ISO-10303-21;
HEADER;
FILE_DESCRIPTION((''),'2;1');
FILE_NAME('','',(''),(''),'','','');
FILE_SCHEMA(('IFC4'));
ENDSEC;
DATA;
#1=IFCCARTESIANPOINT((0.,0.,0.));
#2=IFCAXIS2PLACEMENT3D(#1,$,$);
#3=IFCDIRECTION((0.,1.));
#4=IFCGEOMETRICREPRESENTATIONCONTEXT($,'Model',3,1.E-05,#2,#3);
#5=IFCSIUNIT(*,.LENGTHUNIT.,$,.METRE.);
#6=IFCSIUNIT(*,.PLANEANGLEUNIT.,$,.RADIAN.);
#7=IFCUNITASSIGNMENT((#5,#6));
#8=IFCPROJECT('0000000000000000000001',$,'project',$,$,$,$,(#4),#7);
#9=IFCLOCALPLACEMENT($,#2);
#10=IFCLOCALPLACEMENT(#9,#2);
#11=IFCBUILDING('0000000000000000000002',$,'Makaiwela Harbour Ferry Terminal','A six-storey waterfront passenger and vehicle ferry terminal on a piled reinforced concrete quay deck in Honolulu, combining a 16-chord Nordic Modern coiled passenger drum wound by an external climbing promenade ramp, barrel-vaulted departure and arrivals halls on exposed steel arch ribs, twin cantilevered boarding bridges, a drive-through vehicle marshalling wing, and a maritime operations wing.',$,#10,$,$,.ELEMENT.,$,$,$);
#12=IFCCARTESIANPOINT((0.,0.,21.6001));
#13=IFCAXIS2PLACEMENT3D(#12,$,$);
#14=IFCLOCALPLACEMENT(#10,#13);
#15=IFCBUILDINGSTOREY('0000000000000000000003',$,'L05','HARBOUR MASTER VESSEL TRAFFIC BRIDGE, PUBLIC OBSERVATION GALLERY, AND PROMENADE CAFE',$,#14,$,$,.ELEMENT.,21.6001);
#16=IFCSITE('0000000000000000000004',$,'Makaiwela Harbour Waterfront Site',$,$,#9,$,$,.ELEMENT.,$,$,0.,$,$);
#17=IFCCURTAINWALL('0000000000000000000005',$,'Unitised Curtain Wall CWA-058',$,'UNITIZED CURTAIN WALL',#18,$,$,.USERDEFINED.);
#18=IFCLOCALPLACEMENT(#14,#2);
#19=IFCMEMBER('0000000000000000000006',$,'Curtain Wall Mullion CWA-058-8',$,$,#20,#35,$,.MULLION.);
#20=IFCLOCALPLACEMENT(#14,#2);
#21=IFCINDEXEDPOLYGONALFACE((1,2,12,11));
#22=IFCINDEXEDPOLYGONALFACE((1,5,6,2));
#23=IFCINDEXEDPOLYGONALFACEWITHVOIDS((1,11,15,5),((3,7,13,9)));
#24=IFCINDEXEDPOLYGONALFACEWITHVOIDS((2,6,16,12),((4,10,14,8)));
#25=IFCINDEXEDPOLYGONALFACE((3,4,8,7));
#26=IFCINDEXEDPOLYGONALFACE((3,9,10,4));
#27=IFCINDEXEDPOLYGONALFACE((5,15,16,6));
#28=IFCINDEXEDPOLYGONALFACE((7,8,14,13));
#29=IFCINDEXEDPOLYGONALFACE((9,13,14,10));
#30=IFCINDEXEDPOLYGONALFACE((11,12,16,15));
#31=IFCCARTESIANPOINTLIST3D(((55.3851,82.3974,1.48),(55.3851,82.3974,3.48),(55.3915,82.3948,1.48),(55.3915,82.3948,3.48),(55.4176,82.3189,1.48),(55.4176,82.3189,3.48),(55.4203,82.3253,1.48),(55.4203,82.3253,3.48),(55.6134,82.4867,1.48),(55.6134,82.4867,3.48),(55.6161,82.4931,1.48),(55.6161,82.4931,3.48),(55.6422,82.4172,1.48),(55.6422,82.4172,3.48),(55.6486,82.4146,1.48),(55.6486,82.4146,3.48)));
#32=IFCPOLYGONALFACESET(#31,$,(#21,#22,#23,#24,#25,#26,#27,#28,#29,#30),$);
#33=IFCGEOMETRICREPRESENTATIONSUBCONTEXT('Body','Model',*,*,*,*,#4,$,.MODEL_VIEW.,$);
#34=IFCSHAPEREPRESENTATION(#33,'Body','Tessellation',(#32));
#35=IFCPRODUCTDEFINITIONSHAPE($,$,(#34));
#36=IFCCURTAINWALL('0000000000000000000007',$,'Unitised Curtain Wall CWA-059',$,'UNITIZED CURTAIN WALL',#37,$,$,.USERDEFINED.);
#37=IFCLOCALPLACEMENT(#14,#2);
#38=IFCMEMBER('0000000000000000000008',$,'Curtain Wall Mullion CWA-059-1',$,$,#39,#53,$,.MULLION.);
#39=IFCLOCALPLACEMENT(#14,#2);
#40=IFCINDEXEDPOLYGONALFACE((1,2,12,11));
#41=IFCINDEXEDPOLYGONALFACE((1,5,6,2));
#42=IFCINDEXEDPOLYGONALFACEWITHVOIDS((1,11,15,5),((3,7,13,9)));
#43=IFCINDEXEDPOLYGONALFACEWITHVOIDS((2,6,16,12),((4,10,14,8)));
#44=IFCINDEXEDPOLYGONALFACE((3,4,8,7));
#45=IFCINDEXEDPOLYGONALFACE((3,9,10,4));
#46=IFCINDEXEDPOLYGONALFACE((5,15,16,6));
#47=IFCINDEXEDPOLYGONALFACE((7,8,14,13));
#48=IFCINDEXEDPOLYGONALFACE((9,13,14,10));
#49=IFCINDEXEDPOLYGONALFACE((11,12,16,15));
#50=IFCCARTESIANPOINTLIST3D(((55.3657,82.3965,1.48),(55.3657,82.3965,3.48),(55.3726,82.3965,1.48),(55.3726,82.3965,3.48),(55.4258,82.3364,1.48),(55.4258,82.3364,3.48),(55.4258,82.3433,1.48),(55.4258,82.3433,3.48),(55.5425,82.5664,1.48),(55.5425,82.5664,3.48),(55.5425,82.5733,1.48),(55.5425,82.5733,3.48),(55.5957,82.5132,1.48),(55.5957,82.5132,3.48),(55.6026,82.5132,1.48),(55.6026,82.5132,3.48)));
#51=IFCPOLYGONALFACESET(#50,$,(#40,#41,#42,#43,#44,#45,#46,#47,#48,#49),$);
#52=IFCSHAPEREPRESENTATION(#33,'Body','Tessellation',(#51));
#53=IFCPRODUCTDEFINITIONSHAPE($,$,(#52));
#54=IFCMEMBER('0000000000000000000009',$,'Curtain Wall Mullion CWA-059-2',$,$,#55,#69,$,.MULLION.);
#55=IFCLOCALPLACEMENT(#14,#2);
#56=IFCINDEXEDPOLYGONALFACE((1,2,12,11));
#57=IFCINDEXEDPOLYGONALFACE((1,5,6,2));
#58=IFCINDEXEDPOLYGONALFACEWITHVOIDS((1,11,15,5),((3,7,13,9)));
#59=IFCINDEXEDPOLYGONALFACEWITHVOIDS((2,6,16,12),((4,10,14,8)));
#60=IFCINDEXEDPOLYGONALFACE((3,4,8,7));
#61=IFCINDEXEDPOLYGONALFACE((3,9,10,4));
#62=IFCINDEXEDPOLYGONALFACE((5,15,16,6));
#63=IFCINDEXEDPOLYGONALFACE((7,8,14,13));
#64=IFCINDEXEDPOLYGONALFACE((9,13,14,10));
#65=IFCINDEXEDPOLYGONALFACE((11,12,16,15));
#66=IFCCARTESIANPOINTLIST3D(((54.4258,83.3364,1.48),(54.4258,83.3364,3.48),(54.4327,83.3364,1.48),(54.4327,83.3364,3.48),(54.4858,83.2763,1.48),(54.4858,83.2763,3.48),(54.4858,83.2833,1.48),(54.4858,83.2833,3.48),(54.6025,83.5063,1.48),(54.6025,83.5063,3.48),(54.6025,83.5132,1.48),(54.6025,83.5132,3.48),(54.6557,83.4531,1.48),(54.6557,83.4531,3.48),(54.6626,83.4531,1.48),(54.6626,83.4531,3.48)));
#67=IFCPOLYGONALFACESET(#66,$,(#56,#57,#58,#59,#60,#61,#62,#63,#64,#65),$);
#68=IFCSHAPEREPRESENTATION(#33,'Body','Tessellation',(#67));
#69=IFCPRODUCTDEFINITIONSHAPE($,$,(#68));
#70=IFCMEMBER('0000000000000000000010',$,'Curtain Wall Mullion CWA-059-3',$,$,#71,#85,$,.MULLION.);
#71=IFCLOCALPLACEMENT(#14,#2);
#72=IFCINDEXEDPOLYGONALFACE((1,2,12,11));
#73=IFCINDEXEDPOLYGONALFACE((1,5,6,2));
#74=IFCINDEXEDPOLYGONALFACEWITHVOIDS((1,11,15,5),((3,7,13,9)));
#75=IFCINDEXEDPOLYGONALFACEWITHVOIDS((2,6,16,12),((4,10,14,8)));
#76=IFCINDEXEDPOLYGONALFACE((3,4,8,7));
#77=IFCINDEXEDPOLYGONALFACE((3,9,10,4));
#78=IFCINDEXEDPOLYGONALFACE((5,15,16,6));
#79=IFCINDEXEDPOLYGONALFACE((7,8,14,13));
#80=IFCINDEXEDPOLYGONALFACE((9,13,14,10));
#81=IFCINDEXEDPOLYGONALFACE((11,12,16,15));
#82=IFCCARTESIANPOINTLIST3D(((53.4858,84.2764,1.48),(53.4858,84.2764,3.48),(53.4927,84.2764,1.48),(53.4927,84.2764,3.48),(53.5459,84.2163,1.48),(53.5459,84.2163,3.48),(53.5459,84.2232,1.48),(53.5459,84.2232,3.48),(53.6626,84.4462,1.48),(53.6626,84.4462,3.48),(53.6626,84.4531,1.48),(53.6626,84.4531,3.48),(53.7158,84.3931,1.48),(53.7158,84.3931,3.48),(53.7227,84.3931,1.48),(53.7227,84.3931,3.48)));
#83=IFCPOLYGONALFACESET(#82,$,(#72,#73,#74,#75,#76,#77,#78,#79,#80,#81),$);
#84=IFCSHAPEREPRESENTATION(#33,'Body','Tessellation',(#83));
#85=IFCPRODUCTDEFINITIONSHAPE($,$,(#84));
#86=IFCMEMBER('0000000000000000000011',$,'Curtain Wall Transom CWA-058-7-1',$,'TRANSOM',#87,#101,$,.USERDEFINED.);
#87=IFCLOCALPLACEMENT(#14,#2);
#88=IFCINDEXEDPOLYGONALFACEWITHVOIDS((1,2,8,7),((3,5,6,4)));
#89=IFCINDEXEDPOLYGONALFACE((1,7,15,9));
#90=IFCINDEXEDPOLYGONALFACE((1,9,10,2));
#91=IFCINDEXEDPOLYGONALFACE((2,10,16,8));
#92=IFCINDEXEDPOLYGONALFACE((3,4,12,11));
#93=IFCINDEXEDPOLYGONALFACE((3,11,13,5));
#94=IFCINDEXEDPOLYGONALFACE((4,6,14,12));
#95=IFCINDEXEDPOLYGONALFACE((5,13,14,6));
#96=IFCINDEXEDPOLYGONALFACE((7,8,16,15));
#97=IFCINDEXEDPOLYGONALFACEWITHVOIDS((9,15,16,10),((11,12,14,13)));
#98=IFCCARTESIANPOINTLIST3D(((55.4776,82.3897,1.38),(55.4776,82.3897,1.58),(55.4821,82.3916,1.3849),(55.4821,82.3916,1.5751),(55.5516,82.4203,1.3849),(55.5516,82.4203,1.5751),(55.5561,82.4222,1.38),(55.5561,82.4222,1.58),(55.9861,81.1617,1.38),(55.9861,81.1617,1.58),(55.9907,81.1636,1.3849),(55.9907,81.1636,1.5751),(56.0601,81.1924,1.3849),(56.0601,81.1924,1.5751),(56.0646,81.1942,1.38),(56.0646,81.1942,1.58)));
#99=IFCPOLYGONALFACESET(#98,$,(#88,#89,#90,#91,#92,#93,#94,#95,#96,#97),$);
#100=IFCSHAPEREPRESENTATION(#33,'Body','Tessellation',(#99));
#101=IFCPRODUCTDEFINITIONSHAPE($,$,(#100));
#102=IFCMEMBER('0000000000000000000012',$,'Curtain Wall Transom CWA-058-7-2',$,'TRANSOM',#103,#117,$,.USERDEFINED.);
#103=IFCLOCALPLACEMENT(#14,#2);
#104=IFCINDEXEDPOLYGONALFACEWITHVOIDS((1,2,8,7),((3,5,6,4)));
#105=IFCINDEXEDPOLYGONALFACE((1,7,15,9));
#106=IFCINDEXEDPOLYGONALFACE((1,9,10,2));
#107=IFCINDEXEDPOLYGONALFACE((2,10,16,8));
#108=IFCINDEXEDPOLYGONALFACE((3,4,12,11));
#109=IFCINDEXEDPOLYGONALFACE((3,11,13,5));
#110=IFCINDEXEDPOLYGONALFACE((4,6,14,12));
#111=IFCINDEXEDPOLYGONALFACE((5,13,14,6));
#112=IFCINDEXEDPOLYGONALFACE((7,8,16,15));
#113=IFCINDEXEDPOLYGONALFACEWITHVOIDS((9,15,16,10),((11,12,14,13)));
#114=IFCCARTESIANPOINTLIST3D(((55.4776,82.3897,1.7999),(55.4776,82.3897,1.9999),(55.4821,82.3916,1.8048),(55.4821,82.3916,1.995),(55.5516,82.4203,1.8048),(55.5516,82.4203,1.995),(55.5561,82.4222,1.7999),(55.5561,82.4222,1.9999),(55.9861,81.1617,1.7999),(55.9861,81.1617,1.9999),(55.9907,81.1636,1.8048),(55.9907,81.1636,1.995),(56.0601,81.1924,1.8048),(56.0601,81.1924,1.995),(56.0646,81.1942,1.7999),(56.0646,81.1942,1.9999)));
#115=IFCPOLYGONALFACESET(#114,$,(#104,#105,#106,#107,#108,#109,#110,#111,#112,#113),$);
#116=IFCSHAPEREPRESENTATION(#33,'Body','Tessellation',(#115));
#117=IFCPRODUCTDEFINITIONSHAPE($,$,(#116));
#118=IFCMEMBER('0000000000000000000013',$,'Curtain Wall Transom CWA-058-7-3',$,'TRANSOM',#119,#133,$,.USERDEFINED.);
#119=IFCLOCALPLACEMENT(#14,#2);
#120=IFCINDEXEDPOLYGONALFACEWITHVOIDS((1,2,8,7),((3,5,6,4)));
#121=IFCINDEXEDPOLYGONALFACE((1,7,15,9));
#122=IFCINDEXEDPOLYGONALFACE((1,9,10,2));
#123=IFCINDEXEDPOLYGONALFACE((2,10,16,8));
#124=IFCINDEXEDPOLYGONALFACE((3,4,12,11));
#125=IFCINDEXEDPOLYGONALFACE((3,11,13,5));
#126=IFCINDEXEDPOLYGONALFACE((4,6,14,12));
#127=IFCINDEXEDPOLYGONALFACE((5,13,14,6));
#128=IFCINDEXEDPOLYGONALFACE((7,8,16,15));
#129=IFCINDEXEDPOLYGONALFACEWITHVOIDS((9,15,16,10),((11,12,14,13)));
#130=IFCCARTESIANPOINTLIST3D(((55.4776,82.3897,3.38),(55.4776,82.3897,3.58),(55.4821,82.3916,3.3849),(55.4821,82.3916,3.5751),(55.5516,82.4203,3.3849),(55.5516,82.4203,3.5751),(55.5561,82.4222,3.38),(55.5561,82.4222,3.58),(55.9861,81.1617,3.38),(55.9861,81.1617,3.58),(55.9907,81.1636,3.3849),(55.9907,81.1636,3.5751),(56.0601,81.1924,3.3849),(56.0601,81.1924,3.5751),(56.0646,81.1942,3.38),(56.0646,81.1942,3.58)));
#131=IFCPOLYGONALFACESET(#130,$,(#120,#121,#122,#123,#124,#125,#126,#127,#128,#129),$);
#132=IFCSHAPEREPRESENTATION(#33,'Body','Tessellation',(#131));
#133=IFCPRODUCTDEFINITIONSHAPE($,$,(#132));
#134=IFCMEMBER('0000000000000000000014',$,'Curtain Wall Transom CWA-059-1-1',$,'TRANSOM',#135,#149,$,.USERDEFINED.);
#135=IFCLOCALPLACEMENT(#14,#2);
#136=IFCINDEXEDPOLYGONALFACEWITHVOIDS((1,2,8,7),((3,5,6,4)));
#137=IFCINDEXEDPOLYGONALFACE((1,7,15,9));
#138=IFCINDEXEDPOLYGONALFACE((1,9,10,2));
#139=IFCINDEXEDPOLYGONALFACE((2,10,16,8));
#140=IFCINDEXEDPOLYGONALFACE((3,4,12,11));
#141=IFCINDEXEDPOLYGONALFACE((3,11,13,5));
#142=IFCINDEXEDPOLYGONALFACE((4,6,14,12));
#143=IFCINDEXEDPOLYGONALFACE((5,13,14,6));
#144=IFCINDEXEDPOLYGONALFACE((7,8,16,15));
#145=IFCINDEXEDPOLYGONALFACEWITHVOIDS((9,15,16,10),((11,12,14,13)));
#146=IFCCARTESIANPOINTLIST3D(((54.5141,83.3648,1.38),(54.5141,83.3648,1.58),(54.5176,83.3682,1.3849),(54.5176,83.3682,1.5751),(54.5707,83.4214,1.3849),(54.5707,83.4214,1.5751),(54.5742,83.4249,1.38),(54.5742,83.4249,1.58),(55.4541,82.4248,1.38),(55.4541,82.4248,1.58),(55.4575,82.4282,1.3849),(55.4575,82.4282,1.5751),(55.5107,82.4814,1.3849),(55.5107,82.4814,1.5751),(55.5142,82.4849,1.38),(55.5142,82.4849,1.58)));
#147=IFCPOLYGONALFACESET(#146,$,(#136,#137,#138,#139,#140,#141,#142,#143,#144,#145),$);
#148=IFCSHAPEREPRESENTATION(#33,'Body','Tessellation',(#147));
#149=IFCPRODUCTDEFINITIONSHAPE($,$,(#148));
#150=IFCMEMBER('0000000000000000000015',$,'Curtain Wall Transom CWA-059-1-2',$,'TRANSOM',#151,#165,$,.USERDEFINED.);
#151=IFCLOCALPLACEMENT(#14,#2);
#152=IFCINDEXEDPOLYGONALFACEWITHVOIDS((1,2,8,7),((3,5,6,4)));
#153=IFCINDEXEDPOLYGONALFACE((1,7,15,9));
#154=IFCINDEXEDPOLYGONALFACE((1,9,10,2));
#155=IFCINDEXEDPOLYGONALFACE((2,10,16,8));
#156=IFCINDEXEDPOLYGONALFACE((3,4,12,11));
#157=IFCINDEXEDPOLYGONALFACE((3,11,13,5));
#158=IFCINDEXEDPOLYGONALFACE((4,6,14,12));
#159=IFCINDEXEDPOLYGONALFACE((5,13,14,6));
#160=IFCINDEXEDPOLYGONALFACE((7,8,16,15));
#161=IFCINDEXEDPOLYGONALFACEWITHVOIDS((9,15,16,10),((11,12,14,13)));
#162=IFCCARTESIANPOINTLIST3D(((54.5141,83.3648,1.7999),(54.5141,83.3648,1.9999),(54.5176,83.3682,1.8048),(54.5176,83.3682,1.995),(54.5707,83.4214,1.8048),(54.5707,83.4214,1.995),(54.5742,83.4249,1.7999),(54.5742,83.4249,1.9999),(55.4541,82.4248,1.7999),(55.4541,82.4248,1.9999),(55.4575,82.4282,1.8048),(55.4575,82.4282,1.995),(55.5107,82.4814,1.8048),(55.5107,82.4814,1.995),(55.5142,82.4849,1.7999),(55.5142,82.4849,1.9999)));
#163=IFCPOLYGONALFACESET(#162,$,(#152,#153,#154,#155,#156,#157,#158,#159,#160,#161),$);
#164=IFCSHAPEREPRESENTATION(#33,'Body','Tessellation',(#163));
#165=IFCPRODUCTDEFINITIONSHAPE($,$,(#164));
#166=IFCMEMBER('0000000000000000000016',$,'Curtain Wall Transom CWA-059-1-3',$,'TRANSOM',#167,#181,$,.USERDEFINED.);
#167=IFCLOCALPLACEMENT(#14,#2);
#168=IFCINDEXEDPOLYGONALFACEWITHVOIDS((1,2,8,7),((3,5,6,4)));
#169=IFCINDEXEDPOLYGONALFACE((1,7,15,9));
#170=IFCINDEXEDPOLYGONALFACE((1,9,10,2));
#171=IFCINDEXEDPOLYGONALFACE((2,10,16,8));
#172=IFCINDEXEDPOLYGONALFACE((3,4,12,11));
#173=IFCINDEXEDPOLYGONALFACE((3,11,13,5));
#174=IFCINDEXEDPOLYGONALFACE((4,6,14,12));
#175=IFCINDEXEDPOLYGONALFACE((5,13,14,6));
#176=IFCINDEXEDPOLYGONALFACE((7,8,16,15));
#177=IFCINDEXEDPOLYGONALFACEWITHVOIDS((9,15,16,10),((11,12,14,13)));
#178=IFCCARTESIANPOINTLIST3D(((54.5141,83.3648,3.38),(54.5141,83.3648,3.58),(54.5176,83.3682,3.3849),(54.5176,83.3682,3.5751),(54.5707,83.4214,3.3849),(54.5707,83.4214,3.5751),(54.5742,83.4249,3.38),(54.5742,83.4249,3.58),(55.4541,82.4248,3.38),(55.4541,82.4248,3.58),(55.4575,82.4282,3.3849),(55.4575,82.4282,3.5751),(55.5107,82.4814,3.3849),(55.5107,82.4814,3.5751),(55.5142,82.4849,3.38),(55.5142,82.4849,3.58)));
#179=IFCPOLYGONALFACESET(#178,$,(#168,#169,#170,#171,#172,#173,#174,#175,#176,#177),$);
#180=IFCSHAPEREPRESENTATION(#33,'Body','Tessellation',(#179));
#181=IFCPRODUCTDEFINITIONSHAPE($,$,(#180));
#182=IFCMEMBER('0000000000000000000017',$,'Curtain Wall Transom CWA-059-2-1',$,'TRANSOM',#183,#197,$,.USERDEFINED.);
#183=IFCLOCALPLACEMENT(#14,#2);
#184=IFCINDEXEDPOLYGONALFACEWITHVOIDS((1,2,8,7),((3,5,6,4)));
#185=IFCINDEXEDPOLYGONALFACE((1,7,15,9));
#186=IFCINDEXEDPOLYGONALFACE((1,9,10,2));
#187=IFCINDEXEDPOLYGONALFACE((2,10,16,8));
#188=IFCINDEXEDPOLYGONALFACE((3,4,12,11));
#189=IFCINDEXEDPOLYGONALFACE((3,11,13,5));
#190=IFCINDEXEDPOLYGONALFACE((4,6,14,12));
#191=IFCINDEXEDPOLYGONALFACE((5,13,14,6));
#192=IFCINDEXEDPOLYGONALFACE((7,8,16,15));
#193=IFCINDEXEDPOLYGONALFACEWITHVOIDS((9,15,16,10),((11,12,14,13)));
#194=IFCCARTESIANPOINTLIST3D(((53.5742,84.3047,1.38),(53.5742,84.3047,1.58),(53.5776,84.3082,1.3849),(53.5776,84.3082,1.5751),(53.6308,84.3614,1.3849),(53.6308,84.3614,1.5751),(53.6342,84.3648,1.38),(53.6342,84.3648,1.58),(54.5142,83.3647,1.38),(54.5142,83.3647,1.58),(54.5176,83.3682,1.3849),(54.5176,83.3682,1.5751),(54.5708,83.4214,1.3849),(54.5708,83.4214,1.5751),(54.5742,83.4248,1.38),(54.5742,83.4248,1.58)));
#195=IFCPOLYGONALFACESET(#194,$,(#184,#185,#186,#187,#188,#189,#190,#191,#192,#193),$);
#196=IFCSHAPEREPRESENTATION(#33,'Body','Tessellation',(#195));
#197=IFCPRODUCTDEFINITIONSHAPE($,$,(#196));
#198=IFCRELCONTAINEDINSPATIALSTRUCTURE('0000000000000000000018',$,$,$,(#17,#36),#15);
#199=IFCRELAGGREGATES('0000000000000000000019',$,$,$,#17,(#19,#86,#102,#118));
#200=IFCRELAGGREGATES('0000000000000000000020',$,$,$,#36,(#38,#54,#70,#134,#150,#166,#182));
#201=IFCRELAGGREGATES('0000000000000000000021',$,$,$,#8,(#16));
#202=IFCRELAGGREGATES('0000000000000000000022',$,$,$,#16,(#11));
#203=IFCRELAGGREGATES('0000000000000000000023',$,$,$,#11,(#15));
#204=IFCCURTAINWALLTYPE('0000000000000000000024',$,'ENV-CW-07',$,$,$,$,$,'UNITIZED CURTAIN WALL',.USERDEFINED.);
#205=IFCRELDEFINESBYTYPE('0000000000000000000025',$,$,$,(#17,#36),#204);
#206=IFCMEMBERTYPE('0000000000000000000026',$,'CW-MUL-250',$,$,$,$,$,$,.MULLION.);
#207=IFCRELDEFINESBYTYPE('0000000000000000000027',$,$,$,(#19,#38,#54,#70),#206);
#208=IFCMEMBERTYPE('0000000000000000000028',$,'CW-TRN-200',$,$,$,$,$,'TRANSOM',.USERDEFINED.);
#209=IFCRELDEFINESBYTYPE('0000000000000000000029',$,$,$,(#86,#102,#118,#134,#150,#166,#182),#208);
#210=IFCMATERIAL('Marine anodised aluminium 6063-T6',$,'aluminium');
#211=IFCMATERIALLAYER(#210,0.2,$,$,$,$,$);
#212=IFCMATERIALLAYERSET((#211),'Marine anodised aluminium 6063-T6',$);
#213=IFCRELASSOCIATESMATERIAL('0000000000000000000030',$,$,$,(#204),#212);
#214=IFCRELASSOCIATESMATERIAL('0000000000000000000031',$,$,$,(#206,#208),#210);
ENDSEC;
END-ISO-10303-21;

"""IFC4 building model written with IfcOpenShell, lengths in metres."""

from ifc_helpers import new_model, si_unit, direction, frame, origin, origin_2d, place, context, subcontext, project, spatial, hollow_rectangle, extrude, material, layer, layer_set, material_profile, profile_set, type_object, element, aggregate, save


model = new_model("IFC4")

# Units and contexts
model_context = context("Model", 3, precision=1e-05, world=origin(), true_north=direction((0.0, 1.0)))
body_context = subcontext(model_context, "Body", "Model", "MODEL_VIEW")
ifc_project = project(units=[si_unit("LENGTHUNIT", "METRE"), si_unit("PLANEANGLEUNIT", "RADIAN")], contexts=[model_context])

# Site, building, storey
site_placement = place(None, origin())
site = spatial("IfcSite", under=ifc_project, at=site_placement, Name="Makaiwela Harbour Waterfront Site", CompositionType="ELEMENT", RefElevation=0.0)
building_placement = place(site_placement, origin())
building = spatial("IfcBuilding", under=site, at=building_placement, Name="Makaiwela Harbour Ferry Terminal", Description="A six-storey waterfront passenger and vehicle ferry terminal on a piled reinforced concrete quay deck in Honolulu, combining a 16-chord Nordic Modern coiled passenger drum wound by an external climbing promenade ramp, barrel-vaulted departure and arrivals halls on exposed steel arch ribs, twin cantilevered boarding bridges, a drive-through vehicle marshalling wing, and a maritime operations wing.", CompositionType="ELEMENT")
storey_placement = place(building_placement, frame((0.0, 0.0, 21.6001)))
storey = spatial("IfcBuildingStorey", under=building, at=storey_placement, Name="L05", Description="HARBOUR MASTER VESSEL TRAFFIC BRIDGE, PUBLIC OBSERVATION GALLERY, AND PROMENADE CAFE", CompositionType="ELEMENT", Elevation=21.6001)

# Curtain wall, member
ifc_material_1 = material(Name="Marine anodised aluminium 6063-T6", Category="aluminium")
ifc_layer_1 = layer(ifc_material_1, 0.2)
ifc_layer_set_1 = layer_set([ifc_layer_1], Name="Marine anodised aluminium 6063-T6")
curtain_wall_type = type_object("IfcCurtainWallType", Name="ENV-CW-07", ElementType="UNITIZED CURTAIN WALL", PredefinedType="USERDEFINED", material=ifc_layer_set_1)
curtain_wall_1_placement = place(storey_placement, origin())
curtain_wall_1 = element("IfcCurtainWall", 1, at=curtain_wall_1_placement, inside=storey, type_object=curtain_wall_type, Name="Unitised Curtain Wall CWA-058", ObjectType="UNITIZED CURTAIN WALL", PredefinedType="USERDEFINED")
ifc_material_profile_1 = material_profile(ifc_material_1, hollow_rectangle(XDim=0.085, YDim=0.25, WallThickness=0.0049, at=origin_2d()), Name="CWM-250X85")
ifc_profile_set_1 = profile_set([ifc_material_profile_1], Name="Marine anodised aluminium 6063-T6")
member_type_1 = type_object("IfcMemberType", Name="CW-MUL-250", PredefinedType="MULLION", material=ifc_profile_set_1)
member_1_placement = place(storey_placement, frame((55.5168, 82.406, 1.48), z_axis=(0.0, 0.0, 1.0), x_axis=(-0.382683, 0.92388, 0.0)))
member_1 = element("IfcMember", 2, at=member_1_placement, type_object=member_type_1, Name="Curtain Wall Mullion CWA-058-8", PredefinedType="MULLION", context=body_context, shape_type="SweptSolid", body=[
    extrude(hollow_rectangle(XDim=0.085, YDim=0.25, WallThickness=0.0049, at=origin_2d()), origin(), (0.0, 0.0, 1.0), 2.0),
])

# Curtain wall, members
curtain_wall_2_placement = place(storey_placement, origin())
curtain_wall_2 = element("IfcCurtainWall", 3, at=curtain_wall_2_placement, inside=storey, type_object=curtain_wall_type, Name="Unitised Curtain Wall CWA-059", ObjectType="UNITIZED CURTAIN WALL", PredefinedType="USERDEFINED")
member_2_placement = place(storey_placement, frame((55.4841, 82.4548, 1.48), z_axis=(0.0, 0.0, 1.0), x_axis=(-0.707107, 0.707107, 0.0)))
member_2 = element("IfcMember", 4, at=member_2_placement, type_object=member_type_1, Name="Curtain Wall Mullion CWA-059-1", PredefinedType="MULLION", context=body_context, shape_type="SweptSolid", body=[
    extrude(hollow_rectangle(XDim=0.085, YDim=0.25, WallThickness=0.0049, at=origin_2d()), origin(), (0.0, 0.0, 1.0), 2.0),
])
member_3_placement = place(storey_placement, frame((54.5442, 83.3948, 1.48), z_axis=(0.0, 0.0, 1.0), x_axis=(-0.707107, 0.707107, 0.0)))
member_3 = element("IfcMember", 5, at=member_3_placement, type_object=member_type_1, Name="Curtain Wall Mullion CWA-059-2", PredefinedType="MULLION", context=body_context, shape_type="SweptSolid", body=[
    extrude(hollow_rectangle(XDim=0.085, YDim=0.25, WallThickness=0.0049, at=origin_2d()), origin(), (0.0, 0.0, 1.0), 2.0),
])
member_4_placement = place(storey_placement, frame((53.6042, 84.3347, 1.48), z_axis=(0.0, 0.0, 1.0), x_axis=(-0.707107, 0.707107, 0.0)))
member_4 = element("IfcMember", 6, at=member_4_placement, type_object=member_type_1, Name="Curtain Wall Mullion CWA-059-3", PredefinedType="MULLION", context=body_context, shape_type="SweptSolid", body=[
    extrude(hollow_rectangle(XDim=0.085, YDim=0.25, WallThickness=0.0049, at=origin_2d()), origin(), (0.0, 0.0, 1.0), 2.0),
])

# Members
ifc_material_profile_2 = material_profile(ifc_material_1, hollow_rectangle(XDim=0.085, YDim=0.2, WallThickness=0.0049, at=origin_2d()), Name="CWT-200X85")
ifc_profile_set_2 = profile_set([ifc_material_profile_2], Name="Marine anodised aluminium 6063-T6")
member_type_2 = type_object("IfcMemberType", Name="CW-TRN-200", ElementType="TRANSOM", PredefinedType="USERDEFINED", material=ifc_profile_set_2)
member_5_placement = place(storey_placement, frame((56.0254, 81.178, 1.48), z_axis=(-0.382606, 0.923912, 0.0), x_axis=(-0.923912, -0.382606, 0.0)))
member_5 = element("IfcMember", 7, at=member_5_placement, type_object=member_type_2, Name="Curtain Wall Transom CWA-058-7-1", ObjectType="TRANSOM", PredefinedType="USERDEFINED", context=body_context, shape_type="SweptSolid", body=[
    extrude(hollow_rectangle(XDim=0.085, YDim=0.2, WallThickness=0.0049, at=origin_2d()), origin(), (0.0, 0.0, 1.0), 1.3291),
])
member_6_placement = place(storey_placement, frame((56.0254, 81.178, 1.8999), z_axis=(-0.382606, 0.923912, 0.0), x_axis=(-0.923912, -0.382606, 0.0)))
member_6 = element("IfcMember", 8, at=member_6_placement, type_object=member_type_2, Name="Curtain Wall Transom CWA-058-7-2", ObjectType="TRANSOM", PredefinedType="USERDEFINED", context=body_context, shape_type="SweptSolid", body=[
    extrude(hollow_rectangle(XDim=0.085, YDim=0.2, WallThickness=0.0049, at=origin_2d()), origin(), (0.0, 0.0, 1.0), 1.3291),
])
member_7_placement = place(storey_placement, frame((56.0254, 81.178, 3.48), z_axis=(-0.382606, 0.923912, 0.0), x_axis=(-0.923912, -0.382606, 0.0)))
member_7 = element("IfcMember", 9, at=member_7_placement, type_object=member_type_2, Name="Curtain Wall Transom CWA-058-7-3", ObjectType="TRANSOM", PredefinedType="USERDEFINED", context=body_context, shape_type="SweptSolid", body=[
    extrude(hollow_rectangle(XDim=0.085, YDim=0.2, WallThickness=0.0049, at=origin_2d()), origin(), (0.0, 0.0, 1.0), 1.3291),
])
member_8_placement = place(storey_placement, frame((55.4841, 82.4548, 1.48), z_axis=(-0.707107, 0.707107, 0.0), x_axis=(-0.707107, -0.707107, 0.0)))
member_8 = element("IfcMember", 10, at=member_8_placement, type_object=member_type_2, Name="Curtain Wall Transom CWA-059-1-1", ObjectType="TRANSOM", PredefinedType="USERDEFINED", context=body_context, shape_type="SweptSolid", body=[
    extrude(hollow_rectangle(XDim=0.085, YDim=0.2, WallThickness=0.0049, at=origin_2d()), origin(), (0.0, 0.0, 1.0), 1.3293),
])
member_9_placement = place(storey_placement, frame((55.4841, 82.4548, 1.8999), z_axis=(-0.707107, 0.707107, 0.0), x_axis=(-0.707107, -0.707107, 0.0)))
member_9 = element("IfcMember", 11, at=member_9_placement, type_object=member_type_2, Name="Curtain Wall Transom CWA-059-1-2", ObjectType="TRANSOM", PredefinedType="USERDEFINED", context=body_context, shape_type="SweptSolid", body=[
    extrude(hollow_rectangle(XDim=0.085, YDim=0.2, WallThickness=0.0049, at=origin_2d()), origin(), (0.0, 0.0, 1.0), 1.3293),
])
member_10_placement = place(storey_placement, frame((55.4841, 82.4548, 3.48), z_axis=(-0.707107, 0.707107, 0.0), x_axis=(-0.707107, -0.707107, 0.0)))
member_10 = element("IfcMember", 12, at=member_10_placement, type_object=member_type_2, Name="Curtain Wall Transom CWA-059-1-3", ObjectType="TRANSOM", PredefinedType="USERDEFINED", context=body_context, shape_type="SweptSolid", body=[
    extrude(hollow_rectangle(XDim=0.085, YDim=0.2, WallThickness=0.0049, at=origin_2d()), origin(), (0.0, 0.0, 1.0), 1.3293),
])
member_11_placement = place(storey_placement, frame((54.5442, 83.3948, 1.48), z_axis=(-0.707107, 0.707107, 0.0), x_axis=(-0.707107, -0.707107, 0.0)))
member_11 = element("IfcMember", 13, at=member_11_placement, type_object=member_type_2, Name="Curtain Wall Transom CWA-059-2-1", ObjectType="TRANSOM", PredefinedType="USERDEFINED", context=body_context, shape_type="SweptSolid", body=[
    extrude(hollow_rectangle(XDim=0.085, YDim=0.2, WallThickness=0.0049, at=origin_2d()), origin(), (0.0, 0.0, 1.0), 1.3293),
])

aggregate(curtain_wall_1, [member_1, member_5, member_6, member_7])
aggregate(curtain_wall_2, [member_2, member_3, member_4, member_8, member_9, member_10, member_11])

save(model, "model.ifc")
